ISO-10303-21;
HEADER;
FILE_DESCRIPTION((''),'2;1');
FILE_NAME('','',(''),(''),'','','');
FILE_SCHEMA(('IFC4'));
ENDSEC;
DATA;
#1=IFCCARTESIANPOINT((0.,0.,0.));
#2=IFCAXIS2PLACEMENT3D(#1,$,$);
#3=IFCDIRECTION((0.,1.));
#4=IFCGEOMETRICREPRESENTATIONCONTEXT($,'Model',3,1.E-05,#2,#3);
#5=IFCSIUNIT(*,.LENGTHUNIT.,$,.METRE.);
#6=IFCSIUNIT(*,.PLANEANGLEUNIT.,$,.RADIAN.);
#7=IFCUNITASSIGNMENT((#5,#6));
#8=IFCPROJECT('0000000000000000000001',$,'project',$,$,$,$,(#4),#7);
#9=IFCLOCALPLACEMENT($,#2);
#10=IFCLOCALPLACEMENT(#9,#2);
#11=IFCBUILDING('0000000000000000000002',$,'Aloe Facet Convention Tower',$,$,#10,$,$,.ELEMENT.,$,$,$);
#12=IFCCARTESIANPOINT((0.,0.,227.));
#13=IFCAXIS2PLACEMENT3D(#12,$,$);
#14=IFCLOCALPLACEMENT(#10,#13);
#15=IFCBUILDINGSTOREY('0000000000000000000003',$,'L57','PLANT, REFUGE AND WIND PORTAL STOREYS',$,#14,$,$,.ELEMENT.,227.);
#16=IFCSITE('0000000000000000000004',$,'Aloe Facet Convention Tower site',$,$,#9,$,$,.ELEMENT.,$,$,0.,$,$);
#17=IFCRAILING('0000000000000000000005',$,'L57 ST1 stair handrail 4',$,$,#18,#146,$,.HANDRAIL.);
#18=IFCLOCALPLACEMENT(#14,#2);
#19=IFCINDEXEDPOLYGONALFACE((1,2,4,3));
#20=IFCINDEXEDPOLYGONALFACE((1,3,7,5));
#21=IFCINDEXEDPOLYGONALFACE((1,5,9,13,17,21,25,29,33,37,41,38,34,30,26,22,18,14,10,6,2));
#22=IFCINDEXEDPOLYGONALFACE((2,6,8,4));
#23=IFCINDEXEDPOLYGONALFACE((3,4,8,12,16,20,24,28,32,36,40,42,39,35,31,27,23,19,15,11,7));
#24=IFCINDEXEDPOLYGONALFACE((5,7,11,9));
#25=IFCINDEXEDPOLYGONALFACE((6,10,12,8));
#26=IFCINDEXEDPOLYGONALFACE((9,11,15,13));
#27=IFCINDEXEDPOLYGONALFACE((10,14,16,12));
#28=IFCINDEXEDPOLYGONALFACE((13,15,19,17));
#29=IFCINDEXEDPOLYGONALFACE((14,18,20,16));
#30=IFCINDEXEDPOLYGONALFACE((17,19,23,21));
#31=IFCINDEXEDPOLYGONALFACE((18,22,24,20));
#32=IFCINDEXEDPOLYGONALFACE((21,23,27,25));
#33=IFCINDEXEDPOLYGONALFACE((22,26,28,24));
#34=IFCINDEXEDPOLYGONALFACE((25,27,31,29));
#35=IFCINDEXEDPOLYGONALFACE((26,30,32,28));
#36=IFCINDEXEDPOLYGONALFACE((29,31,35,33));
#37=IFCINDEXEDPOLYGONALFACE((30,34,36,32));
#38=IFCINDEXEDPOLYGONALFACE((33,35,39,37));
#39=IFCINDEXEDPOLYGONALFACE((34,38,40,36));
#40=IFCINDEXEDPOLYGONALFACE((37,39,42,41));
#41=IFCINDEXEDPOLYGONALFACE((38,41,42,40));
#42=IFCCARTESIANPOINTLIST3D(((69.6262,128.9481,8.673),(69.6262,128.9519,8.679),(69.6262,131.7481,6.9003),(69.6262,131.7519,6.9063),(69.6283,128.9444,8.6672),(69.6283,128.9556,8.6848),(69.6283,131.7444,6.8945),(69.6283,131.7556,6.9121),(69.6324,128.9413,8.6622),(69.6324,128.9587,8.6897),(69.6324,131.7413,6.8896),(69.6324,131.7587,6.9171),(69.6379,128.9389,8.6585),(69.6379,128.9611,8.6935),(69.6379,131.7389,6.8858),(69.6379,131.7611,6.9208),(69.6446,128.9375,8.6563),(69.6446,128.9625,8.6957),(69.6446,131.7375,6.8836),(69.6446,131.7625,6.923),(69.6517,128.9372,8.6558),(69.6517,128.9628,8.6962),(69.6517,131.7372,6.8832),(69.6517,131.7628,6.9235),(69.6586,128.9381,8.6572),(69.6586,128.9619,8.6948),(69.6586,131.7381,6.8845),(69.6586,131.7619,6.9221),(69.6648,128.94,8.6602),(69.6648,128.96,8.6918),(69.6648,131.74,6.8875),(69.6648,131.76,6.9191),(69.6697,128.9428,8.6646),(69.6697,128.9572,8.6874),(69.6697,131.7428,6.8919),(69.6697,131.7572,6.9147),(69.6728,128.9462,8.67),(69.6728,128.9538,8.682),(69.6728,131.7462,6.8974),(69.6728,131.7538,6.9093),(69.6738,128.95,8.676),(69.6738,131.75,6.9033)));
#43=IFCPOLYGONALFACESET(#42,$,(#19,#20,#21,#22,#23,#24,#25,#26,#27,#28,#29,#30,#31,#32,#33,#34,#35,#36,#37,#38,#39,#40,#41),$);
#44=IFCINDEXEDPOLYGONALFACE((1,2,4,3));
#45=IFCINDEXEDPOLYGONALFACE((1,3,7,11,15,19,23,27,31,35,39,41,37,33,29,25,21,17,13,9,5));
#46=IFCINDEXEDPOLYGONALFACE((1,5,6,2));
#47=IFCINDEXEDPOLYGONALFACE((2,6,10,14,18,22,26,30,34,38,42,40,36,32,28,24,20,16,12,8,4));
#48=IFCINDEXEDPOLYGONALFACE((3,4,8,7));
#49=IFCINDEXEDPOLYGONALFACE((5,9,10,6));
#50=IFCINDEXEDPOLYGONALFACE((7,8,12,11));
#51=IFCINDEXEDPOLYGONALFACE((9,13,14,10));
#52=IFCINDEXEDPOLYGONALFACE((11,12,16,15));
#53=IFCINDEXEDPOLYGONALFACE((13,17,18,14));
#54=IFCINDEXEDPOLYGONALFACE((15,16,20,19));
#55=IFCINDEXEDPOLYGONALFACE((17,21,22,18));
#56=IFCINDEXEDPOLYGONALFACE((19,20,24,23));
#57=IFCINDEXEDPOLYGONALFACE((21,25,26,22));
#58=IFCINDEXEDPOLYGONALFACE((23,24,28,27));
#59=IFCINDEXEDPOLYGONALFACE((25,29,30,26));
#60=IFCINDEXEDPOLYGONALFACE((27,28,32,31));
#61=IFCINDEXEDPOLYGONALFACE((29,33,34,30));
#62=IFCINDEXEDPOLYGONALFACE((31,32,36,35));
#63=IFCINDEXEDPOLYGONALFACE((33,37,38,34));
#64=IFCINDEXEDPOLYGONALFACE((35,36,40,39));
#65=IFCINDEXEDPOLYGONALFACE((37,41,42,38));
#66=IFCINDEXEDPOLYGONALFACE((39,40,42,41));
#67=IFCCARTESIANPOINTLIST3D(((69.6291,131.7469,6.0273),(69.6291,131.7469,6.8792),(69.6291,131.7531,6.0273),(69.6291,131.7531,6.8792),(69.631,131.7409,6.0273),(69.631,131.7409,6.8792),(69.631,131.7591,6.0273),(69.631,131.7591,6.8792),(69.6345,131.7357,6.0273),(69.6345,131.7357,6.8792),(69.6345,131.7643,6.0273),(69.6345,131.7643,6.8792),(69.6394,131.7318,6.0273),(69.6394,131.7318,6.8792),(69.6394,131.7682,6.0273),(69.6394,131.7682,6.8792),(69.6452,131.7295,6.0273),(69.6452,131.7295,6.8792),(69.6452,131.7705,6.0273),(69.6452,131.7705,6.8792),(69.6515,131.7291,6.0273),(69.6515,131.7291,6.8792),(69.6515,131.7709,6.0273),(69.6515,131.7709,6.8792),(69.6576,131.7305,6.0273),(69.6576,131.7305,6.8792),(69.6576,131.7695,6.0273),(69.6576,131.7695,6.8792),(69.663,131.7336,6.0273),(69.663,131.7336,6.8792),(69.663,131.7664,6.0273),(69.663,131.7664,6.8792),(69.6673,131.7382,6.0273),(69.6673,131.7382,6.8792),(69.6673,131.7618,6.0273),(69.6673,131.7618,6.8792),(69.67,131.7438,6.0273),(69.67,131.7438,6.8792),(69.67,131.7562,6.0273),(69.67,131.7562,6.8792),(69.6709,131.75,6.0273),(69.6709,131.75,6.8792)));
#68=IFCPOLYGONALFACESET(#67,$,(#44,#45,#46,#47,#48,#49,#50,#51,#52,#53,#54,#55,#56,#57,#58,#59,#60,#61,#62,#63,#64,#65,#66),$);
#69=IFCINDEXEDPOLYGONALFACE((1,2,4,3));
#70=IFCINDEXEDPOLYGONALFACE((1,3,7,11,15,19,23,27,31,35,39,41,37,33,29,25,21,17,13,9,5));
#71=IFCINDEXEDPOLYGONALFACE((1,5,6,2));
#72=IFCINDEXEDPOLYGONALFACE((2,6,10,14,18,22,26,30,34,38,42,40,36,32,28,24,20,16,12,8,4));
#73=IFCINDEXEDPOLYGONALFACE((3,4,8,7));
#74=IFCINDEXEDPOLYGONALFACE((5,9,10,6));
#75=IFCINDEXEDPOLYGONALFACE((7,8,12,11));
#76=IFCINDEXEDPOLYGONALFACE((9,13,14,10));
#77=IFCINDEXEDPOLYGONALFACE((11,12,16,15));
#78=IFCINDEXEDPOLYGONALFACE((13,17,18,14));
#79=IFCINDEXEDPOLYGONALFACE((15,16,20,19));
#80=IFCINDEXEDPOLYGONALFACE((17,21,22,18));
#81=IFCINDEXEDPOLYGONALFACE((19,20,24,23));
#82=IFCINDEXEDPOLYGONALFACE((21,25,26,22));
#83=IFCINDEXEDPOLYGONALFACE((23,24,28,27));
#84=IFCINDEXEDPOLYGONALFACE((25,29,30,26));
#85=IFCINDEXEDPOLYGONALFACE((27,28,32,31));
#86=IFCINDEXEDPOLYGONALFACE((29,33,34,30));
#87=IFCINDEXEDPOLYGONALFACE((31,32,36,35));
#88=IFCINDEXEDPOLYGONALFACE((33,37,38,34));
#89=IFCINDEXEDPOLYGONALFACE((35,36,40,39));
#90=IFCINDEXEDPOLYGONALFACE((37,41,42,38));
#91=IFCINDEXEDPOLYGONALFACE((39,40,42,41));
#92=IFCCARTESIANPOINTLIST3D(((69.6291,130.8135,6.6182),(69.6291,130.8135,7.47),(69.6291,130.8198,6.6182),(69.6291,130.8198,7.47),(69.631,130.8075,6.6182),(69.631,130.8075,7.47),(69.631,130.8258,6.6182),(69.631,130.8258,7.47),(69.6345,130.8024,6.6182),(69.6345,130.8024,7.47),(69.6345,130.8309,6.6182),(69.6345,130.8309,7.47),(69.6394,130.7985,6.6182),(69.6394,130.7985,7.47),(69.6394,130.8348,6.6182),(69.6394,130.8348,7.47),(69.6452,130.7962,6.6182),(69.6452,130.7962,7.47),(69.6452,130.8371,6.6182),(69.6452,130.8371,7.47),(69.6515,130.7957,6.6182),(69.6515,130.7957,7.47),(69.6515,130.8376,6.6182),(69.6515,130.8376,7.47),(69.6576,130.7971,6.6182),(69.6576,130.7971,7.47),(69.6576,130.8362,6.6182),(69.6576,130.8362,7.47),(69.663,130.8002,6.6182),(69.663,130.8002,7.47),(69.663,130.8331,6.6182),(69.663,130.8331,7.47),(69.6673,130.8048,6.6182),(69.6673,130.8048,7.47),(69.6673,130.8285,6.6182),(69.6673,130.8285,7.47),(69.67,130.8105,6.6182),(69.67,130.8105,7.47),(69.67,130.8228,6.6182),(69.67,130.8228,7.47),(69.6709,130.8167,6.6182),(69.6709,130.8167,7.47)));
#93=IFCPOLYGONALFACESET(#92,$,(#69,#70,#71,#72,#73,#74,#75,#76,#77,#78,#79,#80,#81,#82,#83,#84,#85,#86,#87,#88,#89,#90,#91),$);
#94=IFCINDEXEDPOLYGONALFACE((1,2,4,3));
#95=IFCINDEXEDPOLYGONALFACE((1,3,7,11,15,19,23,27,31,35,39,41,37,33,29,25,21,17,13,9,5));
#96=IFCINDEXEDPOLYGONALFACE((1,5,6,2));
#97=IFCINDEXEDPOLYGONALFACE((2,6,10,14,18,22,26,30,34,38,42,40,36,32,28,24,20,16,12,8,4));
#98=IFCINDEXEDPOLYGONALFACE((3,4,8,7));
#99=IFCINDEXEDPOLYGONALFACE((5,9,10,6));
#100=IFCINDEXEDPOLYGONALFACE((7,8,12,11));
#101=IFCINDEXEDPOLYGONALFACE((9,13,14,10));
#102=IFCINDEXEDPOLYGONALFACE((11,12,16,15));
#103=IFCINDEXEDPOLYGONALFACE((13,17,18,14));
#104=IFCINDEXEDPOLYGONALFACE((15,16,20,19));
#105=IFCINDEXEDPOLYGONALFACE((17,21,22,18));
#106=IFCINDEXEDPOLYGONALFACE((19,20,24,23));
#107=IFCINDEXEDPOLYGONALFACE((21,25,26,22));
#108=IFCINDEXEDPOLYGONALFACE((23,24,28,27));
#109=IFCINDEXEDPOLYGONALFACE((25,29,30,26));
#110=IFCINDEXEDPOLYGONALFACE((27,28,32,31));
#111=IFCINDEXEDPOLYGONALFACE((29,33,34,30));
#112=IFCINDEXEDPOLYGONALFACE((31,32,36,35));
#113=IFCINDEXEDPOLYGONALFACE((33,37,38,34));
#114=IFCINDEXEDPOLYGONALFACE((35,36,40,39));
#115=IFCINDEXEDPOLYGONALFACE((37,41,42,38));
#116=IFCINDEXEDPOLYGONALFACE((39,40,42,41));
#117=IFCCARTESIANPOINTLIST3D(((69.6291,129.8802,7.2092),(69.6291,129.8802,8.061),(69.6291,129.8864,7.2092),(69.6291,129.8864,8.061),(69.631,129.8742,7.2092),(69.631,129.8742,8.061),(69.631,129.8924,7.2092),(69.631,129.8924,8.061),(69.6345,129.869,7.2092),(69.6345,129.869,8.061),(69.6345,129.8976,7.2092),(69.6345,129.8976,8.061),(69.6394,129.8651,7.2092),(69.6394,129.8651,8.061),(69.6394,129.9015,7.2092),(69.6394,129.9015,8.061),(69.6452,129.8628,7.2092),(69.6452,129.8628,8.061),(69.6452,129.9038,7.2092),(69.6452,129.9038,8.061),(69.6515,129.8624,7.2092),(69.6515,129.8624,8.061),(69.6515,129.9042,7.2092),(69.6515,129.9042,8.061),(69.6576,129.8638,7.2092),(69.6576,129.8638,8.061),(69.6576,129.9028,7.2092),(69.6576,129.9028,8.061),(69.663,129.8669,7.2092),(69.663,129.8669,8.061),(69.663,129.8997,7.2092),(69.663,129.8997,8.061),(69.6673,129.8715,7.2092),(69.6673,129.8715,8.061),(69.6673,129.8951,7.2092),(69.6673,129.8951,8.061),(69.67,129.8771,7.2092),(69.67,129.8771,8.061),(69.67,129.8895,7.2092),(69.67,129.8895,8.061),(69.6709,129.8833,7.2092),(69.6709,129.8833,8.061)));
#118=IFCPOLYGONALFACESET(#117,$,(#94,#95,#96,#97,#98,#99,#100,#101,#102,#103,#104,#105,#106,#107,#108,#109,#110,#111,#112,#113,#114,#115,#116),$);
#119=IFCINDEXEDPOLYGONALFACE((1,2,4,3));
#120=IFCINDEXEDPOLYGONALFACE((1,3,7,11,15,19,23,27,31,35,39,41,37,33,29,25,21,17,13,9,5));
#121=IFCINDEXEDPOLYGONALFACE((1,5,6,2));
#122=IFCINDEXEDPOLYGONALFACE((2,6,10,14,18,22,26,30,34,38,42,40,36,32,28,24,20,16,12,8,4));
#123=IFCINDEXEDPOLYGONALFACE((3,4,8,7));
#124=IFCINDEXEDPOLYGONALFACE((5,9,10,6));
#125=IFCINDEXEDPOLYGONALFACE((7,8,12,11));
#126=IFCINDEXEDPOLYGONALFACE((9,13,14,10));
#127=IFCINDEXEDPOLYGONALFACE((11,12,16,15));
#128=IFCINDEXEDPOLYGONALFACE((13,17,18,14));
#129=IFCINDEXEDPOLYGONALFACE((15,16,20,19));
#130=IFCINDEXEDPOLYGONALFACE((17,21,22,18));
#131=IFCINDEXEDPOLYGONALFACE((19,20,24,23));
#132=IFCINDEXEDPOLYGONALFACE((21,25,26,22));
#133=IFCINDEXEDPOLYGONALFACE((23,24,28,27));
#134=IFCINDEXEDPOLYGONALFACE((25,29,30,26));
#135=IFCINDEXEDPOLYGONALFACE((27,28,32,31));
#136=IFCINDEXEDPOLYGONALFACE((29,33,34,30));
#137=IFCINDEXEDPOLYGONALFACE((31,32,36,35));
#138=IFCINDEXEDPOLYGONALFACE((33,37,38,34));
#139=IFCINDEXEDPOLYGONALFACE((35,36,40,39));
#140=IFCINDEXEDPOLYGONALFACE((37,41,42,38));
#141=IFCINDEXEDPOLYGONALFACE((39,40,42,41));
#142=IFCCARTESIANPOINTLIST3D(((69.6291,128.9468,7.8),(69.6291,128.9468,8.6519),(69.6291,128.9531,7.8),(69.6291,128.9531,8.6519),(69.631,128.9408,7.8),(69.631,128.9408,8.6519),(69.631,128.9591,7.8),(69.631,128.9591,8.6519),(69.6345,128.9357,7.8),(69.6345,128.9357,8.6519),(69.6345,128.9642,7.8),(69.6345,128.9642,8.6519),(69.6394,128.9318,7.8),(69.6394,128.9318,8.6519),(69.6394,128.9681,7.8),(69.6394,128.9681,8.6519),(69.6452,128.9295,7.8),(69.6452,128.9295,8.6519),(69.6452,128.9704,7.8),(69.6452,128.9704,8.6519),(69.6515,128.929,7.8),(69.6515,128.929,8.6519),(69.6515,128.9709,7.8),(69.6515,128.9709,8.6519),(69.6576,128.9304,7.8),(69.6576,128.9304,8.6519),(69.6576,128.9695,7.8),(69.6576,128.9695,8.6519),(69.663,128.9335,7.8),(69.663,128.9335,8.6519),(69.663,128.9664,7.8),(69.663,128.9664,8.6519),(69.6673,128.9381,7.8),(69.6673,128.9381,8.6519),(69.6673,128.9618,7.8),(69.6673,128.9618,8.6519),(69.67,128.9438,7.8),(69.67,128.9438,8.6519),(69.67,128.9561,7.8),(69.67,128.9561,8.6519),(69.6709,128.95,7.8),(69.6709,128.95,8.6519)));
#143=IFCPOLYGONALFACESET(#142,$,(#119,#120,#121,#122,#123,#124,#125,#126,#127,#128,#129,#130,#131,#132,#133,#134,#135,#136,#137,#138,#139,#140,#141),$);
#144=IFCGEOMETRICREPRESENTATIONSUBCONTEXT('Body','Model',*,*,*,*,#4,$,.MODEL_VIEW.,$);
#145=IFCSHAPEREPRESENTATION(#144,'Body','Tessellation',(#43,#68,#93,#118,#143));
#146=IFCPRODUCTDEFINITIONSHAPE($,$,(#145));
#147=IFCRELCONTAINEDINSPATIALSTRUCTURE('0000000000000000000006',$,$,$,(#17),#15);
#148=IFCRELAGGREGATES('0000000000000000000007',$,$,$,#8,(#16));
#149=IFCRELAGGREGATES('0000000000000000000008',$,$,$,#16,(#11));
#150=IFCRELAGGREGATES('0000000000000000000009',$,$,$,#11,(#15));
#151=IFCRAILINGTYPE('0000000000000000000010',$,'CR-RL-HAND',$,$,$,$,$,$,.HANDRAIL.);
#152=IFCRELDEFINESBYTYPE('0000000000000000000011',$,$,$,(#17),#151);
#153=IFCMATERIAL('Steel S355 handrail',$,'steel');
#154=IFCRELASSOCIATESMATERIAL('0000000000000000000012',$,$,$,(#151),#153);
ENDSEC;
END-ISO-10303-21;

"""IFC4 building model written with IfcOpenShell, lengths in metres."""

from ifc_helpers import new_model, si_unit, direction, frame, origin, origin_2d, place, context, subcontext, project, spatial, circle, extrude, material, type_object, element, save


model = new_model("IFC4")

# Units and contexts
model_context = context("Model", 3, precision=1e-05, world=origin(), true_north=direction((0.0, 1.0)))
body_context = subcontext(model_context, "Body", "Model", "MODEL_VIEW")
ifc_project = project(units=[si_unit("LENGTHUNIT", "METRE"), si_unit("PLANEANGLEUNIT", "RADIAN")], contexts=[model_context])

# Site, building, storey
site_placement = place(None, origin())
site = spatial("IfcSite", under=ifc_project, at=site_placement, Name="Aloe Facet Convention Tower site", CompositionType="ELEMENT", RefElevation=0.0)
building_placement = place(site_placement, origin())
building = spatial("IfcBuilding", under=site, at=building_placement, Name="Aloe Facet Convention Tower", CompositionType="ELEMENT")
storey_placement = place(building_placement, frame((0.0, 0.0, 227.0)))
storey = spatial("IfcBuildingStorey", under=building, at=storey_placement, Name="L57", Description="PLANT, REFUGE AND WIND PORTAL STOREYS", CompositionType="ELEMENT", Elevation=227.0)

# Railing
ifc_material_1 = material(Name="Steel S355 handrail", Category="steel")
railing_type_1 = type_object("IfcRailingType", Name="CR-RL-HAND", PredefinedType="HANDRAIL", material=ifc_material_1)
for number, where, name in (
    (1, (69.6499, 131.75, 6.0273), "L57 ST1 stair handrail 4"),
):
    element("IfcRailing", number, at=place(storey_placement, frame(where)), inside=storey, type_object=railing_type_1, Name=name, PredefinedType="HANDRAIL", context=body_context, shape_type="SweptSolid", body=[
        extrude(circle(Radius=0.0239, at=origin_2d()), frame((0.0, 0.0, 0.876), z_axis=(0.0, -0.844909, 0.53491), x_axis=(1.0, 0.0, 0.0)), (0.0, 0.0, 1.0), 3.314),
        extrude(circle(Radius=0.021, at=origin_2d()), origin(), (0.0, 0.0, 1.0), 0.8518),
        extrude(circle(Radius=0.021, at=origin_2d()), frame((0.0, -0.9333, 0.5908)), (0.0, 0.0, 1.0), 0.8518),
        extrude(circle(Radius=0.021, at=origin_2d()), frame((0.0, -1.8667, 1.1819)), (0.0, 0.0, 1.0), 0.8518),
        extrude(circle(Radius=0.021, at=origin_2d()), frame((0.0, -2.8, 1.7727)), (0.0, 0.0, 1.0), 0.8518),
    ])

save(model, "model.ifc")
